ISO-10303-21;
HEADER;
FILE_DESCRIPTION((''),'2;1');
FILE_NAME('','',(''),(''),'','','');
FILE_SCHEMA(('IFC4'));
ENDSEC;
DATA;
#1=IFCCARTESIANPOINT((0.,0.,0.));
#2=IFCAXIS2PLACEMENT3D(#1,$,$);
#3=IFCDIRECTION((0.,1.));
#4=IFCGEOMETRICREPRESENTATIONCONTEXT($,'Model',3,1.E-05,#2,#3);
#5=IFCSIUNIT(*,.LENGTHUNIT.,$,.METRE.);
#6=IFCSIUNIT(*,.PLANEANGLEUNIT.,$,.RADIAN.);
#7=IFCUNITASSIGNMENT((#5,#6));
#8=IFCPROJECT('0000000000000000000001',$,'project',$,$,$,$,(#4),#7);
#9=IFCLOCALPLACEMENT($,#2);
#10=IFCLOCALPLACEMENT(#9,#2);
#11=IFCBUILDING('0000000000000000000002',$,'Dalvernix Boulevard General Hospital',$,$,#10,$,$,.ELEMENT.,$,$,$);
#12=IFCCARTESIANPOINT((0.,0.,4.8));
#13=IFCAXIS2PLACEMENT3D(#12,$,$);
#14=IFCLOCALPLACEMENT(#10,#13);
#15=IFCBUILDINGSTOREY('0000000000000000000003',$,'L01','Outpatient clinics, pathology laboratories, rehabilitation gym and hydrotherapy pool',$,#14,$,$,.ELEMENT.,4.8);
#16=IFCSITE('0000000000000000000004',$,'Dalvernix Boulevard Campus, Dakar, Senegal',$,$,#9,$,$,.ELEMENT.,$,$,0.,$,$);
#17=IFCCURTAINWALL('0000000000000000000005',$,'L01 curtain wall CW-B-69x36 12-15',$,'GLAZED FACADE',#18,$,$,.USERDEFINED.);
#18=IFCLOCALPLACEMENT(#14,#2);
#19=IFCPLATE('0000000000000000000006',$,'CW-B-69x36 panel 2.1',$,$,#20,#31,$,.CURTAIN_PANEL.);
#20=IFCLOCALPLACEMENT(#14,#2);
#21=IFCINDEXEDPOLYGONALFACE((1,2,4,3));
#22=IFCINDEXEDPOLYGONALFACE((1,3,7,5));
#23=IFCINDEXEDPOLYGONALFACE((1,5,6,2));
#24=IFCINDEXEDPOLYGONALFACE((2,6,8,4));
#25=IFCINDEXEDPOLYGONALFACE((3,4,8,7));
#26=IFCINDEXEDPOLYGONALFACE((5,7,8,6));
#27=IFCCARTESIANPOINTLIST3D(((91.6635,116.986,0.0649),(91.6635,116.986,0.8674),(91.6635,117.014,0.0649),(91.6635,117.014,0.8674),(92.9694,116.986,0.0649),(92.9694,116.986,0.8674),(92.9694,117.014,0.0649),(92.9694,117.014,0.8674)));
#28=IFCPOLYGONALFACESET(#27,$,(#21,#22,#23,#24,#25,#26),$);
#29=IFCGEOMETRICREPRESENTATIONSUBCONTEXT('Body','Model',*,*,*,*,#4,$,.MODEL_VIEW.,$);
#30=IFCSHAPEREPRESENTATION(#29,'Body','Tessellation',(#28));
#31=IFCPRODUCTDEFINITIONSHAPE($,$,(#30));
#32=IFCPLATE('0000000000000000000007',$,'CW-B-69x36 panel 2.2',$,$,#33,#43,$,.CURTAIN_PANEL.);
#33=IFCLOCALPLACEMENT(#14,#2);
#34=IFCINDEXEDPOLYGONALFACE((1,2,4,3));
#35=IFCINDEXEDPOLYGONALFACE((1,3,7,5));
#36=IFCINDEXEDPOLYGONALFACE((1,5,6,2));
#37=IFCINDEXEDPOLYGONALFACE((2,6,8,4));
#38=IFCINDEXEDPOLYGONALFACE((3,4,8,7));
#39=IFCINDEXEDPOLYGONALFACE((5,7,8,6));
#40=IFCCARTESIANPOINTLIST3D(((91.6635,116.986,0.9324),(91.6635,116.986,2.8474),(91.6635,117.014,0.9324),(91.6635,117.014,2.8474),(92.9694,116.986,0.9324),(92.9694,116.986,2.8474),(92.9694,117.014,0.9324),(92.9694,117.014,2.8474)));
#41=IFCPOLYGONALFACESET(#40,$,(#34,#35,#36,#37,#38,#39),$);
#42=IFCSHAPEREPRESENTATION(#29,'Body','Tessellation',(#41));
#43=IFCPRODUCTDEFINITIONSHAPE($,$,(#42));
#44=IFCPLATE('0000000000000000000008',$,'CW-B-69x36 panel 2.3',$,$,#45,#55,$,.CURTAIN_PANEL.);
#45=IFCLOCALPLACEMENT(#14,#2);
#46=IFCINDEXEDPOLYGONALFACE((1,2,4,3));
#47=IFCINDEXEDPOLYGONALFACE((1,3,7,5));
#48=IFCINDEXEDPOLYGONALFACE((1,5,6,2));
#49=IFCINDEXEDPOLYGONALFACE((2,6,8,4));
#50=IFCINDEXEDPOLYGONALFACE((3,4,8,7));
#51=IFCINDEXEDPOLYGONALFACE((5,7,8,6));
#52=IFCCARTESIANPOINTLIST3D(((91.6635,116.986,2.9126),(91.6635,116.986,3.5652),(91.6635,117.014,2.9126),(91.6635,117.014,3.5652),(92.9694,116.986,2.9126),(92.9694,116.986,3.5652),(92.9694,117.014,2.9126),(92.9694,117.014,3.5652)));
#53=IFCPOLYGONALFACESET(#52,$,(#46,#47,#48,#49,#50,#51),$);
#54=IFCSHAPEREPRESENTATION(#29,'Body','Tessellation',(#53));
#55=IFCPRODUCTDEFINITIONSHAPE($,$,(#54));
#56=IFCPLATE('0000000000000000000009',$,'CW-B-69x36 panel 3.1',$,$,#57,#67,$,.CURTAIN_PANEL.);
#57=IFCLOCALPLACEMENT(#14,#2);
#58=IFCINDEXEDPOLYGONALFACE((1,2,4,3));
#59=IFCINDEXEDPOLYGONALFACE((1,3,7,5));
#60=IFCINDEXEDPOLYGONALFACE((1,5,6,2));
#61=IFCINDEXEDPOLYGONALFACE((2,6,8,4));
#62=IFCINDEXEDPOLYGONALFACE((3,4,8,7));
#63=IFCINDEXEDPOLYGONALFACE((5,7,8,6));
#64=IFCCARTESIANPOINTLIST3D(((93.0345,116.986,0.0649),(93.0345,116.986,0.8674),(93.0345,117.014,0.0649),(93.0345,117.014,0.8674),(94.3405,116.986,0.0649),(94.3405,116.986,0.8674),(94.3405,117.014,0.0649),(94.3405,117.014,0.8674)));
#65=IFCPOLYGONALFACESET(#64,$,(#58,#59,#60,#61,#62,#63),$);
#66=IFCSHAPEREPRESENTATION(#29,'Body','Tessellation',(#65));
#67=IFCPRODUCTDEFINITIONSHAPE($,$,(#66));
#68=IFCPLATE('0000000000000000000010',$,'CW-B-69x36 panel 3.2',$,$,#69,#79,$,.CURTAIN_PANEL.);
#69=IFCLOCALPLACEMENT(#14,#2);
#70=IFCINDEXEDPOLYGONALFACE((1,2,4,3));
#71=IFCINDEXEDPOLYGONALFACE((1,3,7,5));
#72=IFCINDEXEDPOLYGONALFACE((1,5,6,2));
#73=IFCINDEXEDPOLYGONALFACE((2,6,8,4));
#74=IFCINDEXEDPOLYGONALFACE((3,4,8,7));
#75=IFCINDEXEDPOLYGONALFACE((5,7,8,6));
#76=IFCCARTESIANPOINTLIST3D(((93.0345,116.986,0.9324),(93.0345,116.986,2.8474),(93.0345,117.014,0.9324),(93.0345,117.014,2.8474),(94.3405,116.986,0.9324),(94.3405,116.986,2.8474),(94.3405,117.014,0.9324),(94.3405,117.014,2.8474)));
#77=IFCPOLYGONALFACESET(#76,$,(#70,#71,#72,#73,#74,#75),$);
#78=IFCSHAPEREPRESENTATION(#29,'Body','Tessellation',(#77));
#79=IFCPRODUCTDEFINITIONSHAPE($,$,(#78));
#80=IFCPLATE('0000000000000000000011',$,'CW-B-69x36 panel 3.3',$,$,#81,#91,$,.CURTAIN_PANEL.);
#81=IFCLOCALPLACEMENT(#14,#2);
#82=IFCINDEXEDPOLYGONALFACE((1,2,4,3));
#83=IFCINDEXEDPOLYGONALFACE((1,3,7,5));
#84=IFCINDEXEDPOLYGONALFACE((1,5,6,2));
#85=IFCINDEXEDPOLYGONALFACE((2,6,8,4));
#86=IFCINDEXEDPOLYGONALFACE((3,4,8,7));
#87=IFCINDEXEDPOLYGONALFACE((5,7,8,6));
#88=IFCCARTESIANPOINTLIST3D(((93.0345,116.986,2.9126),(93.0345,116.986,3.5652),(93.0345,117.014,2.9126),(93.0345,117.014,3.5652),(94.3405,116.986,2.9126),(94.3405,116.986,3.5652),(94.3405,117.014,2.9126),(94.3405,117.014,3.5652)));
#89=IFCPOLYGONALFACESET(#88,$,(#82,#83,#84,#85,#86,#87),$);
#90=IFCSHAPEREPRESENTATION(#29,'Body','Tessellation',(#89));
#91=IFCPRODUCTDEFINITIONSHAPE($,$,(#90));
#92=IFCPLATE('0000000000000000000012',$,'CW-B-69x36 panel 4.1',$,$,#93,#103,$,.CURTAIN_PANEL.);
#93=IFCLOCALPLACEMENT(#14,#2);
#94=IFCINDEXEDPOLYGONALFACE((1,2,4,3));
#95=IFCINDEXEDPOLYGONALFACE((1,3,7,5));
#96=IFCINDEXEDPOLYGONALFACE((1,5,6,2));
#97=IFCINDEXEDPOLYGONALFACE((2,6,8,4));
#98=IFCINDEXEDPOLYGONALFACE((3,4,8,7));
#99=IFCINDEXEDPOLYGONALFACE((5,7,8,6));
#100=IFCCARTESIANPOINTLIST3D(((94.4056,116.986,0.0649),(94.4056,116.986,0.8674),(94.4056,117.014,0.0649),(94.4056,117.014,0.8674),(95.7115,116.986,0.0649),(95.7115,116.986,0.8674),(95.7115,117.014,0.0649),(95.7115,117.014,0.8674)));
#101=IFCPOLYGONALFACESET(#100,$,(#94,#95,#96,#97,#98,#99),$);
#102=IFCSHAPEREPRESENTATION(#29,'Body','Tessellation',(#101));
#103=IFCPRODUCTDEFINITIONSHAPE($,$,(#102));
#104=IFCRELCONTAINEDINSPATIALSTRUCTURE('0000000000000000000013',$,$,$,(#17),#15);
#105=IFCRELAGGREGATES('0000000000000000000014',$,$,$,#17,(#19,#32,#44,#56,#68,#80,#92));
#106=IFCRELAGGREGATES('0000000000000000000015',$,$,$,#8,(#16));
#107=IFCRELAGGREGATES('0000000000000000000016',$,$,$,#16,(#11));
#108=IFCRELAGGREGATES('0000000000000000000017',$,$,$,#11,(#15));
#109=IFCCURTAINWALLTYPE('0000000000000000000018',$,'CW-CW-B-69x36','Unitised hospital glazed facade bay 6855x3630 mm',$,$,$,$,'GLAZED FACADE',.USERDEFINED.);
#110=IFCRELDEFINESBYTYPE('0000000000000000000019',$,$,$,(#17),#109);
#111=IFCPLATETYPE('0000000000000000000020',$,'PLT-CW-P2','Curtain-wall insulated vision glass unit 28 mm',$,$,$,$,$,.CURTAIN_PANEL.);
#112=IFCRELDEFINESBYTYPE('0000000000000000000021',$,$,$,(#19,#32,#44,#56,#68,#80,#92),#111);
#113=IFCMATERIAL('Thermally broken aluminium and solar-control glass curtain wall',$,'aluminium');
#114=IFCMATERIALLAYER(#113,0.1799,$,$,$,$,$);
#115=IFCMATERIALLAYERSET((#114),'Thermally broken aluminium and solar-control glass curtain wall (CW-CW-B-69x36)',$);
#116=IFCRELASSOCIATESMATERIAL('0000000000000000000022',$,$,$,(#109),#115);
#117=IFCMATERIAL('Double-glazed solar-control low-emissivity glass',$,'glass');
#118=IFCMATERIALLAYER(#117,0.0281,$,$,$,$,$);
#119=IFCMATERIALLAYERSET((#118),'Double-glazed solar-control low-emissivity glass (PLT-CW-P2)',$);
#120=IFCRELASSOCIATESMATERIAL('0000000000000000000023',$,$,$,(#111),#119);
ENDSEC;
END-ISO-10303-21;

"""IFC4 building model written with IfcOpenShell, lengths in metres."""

from ifc_helpers import new_model, si_unit, direction, frame, origin, origin_2d, place, context, subcontext, project, spatial, rectangle, extrude, material, layer, layer_set, type_object, element, aggregate, save


model = new_model("IFC4")

# Units and contexts
model_context = context("Model", 3, precision=1e-05, world=origin(), true_north=direction((0.0, 1.0)))
body_context = subcontext(model_context, "Body", "Model", "MODEL_VIEW")
ifc_project = project(units=[si_unit("LENGTHUNIT", "METRE"), si_unit("PLANEANGLEUNIT", "RADIAN")], contexts=[model_context])

# Site, building, storey
site_placement = place(None, origin())
site = spatial("IfcSite", under=ifc_project, at=site_placement, Name="Dalvernix Boulevard Campus, Dakar, Senegal", CompositionType="ELEMENT", RefElevation=0.0)
building_placement = place(site_placement, origin())
building = spatial("IfcBuilding", under=site, at=building_placement, Name="Dalvernix Boulevard General Hospital", CompositionType="ELEMENT")
storey_placement = place(building_placement, frame((0.0, 0.0, 4.8)))
storey = spatial("IfcBuildingStorey", under=building, at=storey_placement, Name="L01", Description="Outpatient clinics, pathology laboratories, rehabilitation gym and hydrotherapy pool", CompositionType="ELEMENT", Elevation=4.8)

# Curtain wall, plates
ifc_material_1 = material(Name="Thermally broken aluminium and solar-control glass curtain wall", Category="aluminium")
ifc_layer_1 = layer(ifc_material_1, 0.1799)
ifc_layer_set_1 = layer_set([ifc_layer_1], Name="Thermally broken aluminium and solar-control glass curtain wall (CW-CW-B-69x36)")
curtain_wall_type = type_object("IfcCurtainWallType", Name="CW-CW-B-69x36", Description="Unitised hospital glazed facade bay 6855x3630 mm", ElementType="GLAZED FACADE", PredefinedType="USERDEFINED", material=ifc_layer_set_1)
curtain_wall_placement = place(storey_placement, origin())
curtain_wall = element("IfcCurtainWall", 1, at=curtain_wall_placement, inside=storey, type_object=curtain_wall_type, Name="L01 curtain wall CW-B-69x36 12-15", ObjectType="GLAZED FACADE", PredefinedType="USERDEFINED")
ifc_material_2 = material(Name="Double-glazed solar-control low-emissivity glass", Category="glass")
ifc_layer_2 = layer(ifc_material_2, 0.0281)
ifc_layer_set_2 = layer_set([ifc_layer_2], Name="Double-glazed solar-control low-emissivity glass (PLT-CW-P2)")
plate_type = type_object("IfcPlateType", Name="PLT-CW-P2", Description="Curtain-wall insulated vision glass unit 28 mm", PredefinedType="CURTAIN_PANEL", material=ifc_layer_set_2)
plate_1_placement = place(storey_placement, frame((92.3164, 117.0, 0.0649), z_axis=(0.0, 0.0, 1.0), x_axis=(1.0, 0.0, 0.0)))
plate_1 = element("IfcPlate", 2, at=plate_1_placement, type_object=plate_type, Name="CW-B-69x36 panel 2.1", PredefinedType="CURTAIN_PANEL", context=body_context, shape_type="SweptSolid", body=[
    extrude(rectangle(XDim=1.3059, YDim=0.0281, at=origin_2d()), origin(), (0.0, 0.0, 1.0), 0.8025),
])
plate_2_placement = place(storey_placement, frame((92.3164, 117.0, 0.9324), z_axis=(0.0, 0.0, 1.0), x_axis=(1.0, 0.0, 0.0)))
plate_2 = element("IfcPlate", 3, at=plate_2_placement, type_object=plate_type, Name="CW-B-69x36 panel 2.2", PredefinedType="CURTAIN_PANEL", context=body_context, shape_type="SweptSolid", body=[
    extrude(rectangle(XDim=1.3059, YDim=0.0281, at=origin_2d()), origin(), (0.0, 0.0, 1.0), 1.915),
])
plate_3_placement = place(storey_placement, frame((92.3164, 117.0, 2.9126), z_axis=(0.0, 0.0, 1.0), x_axis=(1.0, 0.0, 0.0)))
plate_3 = element("IfcPlate", 4, at=plate_3_placement, type_object=plate_type, Name="CW-B-69x36 panel 2.3", PredefinedType="CURTAIN_PANEL", context=body_context, shape_type="SweptSolid", body=[
    extrude(rectangle(XDim=1.3059, YDim=0.0281, at=origin_2d()), origin(), (0.0, 0.0, 1.0), 0.6526),
])
plate_4_placement = place(storey_placement, frame((93.6875, 117.0, 0.0649), z_axis=(0.0, 0.0, 1.0), x_axis=(1.0, 0.0, 0.0)))
plate_4 = element("IfcPlate", 5, at=plate_4_placement, type_object=plate_type, Name="CW-B-69x36 panel 3.1", PredefinedType="CURTAIN_PANEL", context=body_context, shape_type="SweptSolid", body=[
    extrude(rectangle(XDim=1.3059, YDim=0.0281, at=origin_2d()), origin(), (0.0, 0.0, 1.0), 0.8025),
])
plate_5_placement = place(storey_placement, frame((93.6875, 117.0, 0.9324), z_axis=(0.0, 0.0, 1.0), x_axis=(1.0, 0.0, 0.0)))
plate_5 = element("IfcPlate", 6, at=plate_5_placement, type_object=plate_type, Name="CW-B-69x36 panel 3.2", PredefinedType="CURTAIN_PANEL", context=body_context, shape_type="SweptSolid", body=[
    extrude(rectangle(XDim=1.3059, YDim=0.0281, at=origin_2d()), origin(), (0.0, 0.0, 1.0), 1.915),
])
plate_6_placement = place(storey_placement, frame((93.6875, 117.0, 2.9126), z_axis=(0.0, 0.0, 1.0), x_axis=(1.0, 0.0, 0.0)))
plate_6 = element("IfcPlate", 7, at=plate_6_placement, type_object=plate_type, Name="CW-B-69x36 panel 3.3", PredefinedType="CURTAIN_PANEL", context=body_context, shape_type="SweptSolid", body=[
    extrude(rectangle(XDim=1.3059, YDim=0.0281, at=origin_2d()), origin(), (0.0, 0.0, 1.0), 0.6526),
])
plate_7_placement = place(storey_placement, frame((95.0586, 117.0, 0.0649), z_axis=(0.0, 0.0, 1.0), x_axis=(1.0, 0.0, 0.0)))
plate_7 = element("IfcPlate", 8, at=plate_7_placement, type_object=plate_type, Name="CW-B-69x36 panel 4.1", PredefinedType="CURTAIN_PANEL", context=body_context, shape_type="SweptSolid", body=[
    extrude(rectangle(XDim=1.3059, YDim=0.0281, at=origin_2d()), origin(), (0.0, 0.0, 1.0), 0.8025),
])
aggregate(curtain_wall, [plate_1, plate_2, plate_3, plate_4, plate_5, plate_6, plate_7])

save(model, "model.ifc")
